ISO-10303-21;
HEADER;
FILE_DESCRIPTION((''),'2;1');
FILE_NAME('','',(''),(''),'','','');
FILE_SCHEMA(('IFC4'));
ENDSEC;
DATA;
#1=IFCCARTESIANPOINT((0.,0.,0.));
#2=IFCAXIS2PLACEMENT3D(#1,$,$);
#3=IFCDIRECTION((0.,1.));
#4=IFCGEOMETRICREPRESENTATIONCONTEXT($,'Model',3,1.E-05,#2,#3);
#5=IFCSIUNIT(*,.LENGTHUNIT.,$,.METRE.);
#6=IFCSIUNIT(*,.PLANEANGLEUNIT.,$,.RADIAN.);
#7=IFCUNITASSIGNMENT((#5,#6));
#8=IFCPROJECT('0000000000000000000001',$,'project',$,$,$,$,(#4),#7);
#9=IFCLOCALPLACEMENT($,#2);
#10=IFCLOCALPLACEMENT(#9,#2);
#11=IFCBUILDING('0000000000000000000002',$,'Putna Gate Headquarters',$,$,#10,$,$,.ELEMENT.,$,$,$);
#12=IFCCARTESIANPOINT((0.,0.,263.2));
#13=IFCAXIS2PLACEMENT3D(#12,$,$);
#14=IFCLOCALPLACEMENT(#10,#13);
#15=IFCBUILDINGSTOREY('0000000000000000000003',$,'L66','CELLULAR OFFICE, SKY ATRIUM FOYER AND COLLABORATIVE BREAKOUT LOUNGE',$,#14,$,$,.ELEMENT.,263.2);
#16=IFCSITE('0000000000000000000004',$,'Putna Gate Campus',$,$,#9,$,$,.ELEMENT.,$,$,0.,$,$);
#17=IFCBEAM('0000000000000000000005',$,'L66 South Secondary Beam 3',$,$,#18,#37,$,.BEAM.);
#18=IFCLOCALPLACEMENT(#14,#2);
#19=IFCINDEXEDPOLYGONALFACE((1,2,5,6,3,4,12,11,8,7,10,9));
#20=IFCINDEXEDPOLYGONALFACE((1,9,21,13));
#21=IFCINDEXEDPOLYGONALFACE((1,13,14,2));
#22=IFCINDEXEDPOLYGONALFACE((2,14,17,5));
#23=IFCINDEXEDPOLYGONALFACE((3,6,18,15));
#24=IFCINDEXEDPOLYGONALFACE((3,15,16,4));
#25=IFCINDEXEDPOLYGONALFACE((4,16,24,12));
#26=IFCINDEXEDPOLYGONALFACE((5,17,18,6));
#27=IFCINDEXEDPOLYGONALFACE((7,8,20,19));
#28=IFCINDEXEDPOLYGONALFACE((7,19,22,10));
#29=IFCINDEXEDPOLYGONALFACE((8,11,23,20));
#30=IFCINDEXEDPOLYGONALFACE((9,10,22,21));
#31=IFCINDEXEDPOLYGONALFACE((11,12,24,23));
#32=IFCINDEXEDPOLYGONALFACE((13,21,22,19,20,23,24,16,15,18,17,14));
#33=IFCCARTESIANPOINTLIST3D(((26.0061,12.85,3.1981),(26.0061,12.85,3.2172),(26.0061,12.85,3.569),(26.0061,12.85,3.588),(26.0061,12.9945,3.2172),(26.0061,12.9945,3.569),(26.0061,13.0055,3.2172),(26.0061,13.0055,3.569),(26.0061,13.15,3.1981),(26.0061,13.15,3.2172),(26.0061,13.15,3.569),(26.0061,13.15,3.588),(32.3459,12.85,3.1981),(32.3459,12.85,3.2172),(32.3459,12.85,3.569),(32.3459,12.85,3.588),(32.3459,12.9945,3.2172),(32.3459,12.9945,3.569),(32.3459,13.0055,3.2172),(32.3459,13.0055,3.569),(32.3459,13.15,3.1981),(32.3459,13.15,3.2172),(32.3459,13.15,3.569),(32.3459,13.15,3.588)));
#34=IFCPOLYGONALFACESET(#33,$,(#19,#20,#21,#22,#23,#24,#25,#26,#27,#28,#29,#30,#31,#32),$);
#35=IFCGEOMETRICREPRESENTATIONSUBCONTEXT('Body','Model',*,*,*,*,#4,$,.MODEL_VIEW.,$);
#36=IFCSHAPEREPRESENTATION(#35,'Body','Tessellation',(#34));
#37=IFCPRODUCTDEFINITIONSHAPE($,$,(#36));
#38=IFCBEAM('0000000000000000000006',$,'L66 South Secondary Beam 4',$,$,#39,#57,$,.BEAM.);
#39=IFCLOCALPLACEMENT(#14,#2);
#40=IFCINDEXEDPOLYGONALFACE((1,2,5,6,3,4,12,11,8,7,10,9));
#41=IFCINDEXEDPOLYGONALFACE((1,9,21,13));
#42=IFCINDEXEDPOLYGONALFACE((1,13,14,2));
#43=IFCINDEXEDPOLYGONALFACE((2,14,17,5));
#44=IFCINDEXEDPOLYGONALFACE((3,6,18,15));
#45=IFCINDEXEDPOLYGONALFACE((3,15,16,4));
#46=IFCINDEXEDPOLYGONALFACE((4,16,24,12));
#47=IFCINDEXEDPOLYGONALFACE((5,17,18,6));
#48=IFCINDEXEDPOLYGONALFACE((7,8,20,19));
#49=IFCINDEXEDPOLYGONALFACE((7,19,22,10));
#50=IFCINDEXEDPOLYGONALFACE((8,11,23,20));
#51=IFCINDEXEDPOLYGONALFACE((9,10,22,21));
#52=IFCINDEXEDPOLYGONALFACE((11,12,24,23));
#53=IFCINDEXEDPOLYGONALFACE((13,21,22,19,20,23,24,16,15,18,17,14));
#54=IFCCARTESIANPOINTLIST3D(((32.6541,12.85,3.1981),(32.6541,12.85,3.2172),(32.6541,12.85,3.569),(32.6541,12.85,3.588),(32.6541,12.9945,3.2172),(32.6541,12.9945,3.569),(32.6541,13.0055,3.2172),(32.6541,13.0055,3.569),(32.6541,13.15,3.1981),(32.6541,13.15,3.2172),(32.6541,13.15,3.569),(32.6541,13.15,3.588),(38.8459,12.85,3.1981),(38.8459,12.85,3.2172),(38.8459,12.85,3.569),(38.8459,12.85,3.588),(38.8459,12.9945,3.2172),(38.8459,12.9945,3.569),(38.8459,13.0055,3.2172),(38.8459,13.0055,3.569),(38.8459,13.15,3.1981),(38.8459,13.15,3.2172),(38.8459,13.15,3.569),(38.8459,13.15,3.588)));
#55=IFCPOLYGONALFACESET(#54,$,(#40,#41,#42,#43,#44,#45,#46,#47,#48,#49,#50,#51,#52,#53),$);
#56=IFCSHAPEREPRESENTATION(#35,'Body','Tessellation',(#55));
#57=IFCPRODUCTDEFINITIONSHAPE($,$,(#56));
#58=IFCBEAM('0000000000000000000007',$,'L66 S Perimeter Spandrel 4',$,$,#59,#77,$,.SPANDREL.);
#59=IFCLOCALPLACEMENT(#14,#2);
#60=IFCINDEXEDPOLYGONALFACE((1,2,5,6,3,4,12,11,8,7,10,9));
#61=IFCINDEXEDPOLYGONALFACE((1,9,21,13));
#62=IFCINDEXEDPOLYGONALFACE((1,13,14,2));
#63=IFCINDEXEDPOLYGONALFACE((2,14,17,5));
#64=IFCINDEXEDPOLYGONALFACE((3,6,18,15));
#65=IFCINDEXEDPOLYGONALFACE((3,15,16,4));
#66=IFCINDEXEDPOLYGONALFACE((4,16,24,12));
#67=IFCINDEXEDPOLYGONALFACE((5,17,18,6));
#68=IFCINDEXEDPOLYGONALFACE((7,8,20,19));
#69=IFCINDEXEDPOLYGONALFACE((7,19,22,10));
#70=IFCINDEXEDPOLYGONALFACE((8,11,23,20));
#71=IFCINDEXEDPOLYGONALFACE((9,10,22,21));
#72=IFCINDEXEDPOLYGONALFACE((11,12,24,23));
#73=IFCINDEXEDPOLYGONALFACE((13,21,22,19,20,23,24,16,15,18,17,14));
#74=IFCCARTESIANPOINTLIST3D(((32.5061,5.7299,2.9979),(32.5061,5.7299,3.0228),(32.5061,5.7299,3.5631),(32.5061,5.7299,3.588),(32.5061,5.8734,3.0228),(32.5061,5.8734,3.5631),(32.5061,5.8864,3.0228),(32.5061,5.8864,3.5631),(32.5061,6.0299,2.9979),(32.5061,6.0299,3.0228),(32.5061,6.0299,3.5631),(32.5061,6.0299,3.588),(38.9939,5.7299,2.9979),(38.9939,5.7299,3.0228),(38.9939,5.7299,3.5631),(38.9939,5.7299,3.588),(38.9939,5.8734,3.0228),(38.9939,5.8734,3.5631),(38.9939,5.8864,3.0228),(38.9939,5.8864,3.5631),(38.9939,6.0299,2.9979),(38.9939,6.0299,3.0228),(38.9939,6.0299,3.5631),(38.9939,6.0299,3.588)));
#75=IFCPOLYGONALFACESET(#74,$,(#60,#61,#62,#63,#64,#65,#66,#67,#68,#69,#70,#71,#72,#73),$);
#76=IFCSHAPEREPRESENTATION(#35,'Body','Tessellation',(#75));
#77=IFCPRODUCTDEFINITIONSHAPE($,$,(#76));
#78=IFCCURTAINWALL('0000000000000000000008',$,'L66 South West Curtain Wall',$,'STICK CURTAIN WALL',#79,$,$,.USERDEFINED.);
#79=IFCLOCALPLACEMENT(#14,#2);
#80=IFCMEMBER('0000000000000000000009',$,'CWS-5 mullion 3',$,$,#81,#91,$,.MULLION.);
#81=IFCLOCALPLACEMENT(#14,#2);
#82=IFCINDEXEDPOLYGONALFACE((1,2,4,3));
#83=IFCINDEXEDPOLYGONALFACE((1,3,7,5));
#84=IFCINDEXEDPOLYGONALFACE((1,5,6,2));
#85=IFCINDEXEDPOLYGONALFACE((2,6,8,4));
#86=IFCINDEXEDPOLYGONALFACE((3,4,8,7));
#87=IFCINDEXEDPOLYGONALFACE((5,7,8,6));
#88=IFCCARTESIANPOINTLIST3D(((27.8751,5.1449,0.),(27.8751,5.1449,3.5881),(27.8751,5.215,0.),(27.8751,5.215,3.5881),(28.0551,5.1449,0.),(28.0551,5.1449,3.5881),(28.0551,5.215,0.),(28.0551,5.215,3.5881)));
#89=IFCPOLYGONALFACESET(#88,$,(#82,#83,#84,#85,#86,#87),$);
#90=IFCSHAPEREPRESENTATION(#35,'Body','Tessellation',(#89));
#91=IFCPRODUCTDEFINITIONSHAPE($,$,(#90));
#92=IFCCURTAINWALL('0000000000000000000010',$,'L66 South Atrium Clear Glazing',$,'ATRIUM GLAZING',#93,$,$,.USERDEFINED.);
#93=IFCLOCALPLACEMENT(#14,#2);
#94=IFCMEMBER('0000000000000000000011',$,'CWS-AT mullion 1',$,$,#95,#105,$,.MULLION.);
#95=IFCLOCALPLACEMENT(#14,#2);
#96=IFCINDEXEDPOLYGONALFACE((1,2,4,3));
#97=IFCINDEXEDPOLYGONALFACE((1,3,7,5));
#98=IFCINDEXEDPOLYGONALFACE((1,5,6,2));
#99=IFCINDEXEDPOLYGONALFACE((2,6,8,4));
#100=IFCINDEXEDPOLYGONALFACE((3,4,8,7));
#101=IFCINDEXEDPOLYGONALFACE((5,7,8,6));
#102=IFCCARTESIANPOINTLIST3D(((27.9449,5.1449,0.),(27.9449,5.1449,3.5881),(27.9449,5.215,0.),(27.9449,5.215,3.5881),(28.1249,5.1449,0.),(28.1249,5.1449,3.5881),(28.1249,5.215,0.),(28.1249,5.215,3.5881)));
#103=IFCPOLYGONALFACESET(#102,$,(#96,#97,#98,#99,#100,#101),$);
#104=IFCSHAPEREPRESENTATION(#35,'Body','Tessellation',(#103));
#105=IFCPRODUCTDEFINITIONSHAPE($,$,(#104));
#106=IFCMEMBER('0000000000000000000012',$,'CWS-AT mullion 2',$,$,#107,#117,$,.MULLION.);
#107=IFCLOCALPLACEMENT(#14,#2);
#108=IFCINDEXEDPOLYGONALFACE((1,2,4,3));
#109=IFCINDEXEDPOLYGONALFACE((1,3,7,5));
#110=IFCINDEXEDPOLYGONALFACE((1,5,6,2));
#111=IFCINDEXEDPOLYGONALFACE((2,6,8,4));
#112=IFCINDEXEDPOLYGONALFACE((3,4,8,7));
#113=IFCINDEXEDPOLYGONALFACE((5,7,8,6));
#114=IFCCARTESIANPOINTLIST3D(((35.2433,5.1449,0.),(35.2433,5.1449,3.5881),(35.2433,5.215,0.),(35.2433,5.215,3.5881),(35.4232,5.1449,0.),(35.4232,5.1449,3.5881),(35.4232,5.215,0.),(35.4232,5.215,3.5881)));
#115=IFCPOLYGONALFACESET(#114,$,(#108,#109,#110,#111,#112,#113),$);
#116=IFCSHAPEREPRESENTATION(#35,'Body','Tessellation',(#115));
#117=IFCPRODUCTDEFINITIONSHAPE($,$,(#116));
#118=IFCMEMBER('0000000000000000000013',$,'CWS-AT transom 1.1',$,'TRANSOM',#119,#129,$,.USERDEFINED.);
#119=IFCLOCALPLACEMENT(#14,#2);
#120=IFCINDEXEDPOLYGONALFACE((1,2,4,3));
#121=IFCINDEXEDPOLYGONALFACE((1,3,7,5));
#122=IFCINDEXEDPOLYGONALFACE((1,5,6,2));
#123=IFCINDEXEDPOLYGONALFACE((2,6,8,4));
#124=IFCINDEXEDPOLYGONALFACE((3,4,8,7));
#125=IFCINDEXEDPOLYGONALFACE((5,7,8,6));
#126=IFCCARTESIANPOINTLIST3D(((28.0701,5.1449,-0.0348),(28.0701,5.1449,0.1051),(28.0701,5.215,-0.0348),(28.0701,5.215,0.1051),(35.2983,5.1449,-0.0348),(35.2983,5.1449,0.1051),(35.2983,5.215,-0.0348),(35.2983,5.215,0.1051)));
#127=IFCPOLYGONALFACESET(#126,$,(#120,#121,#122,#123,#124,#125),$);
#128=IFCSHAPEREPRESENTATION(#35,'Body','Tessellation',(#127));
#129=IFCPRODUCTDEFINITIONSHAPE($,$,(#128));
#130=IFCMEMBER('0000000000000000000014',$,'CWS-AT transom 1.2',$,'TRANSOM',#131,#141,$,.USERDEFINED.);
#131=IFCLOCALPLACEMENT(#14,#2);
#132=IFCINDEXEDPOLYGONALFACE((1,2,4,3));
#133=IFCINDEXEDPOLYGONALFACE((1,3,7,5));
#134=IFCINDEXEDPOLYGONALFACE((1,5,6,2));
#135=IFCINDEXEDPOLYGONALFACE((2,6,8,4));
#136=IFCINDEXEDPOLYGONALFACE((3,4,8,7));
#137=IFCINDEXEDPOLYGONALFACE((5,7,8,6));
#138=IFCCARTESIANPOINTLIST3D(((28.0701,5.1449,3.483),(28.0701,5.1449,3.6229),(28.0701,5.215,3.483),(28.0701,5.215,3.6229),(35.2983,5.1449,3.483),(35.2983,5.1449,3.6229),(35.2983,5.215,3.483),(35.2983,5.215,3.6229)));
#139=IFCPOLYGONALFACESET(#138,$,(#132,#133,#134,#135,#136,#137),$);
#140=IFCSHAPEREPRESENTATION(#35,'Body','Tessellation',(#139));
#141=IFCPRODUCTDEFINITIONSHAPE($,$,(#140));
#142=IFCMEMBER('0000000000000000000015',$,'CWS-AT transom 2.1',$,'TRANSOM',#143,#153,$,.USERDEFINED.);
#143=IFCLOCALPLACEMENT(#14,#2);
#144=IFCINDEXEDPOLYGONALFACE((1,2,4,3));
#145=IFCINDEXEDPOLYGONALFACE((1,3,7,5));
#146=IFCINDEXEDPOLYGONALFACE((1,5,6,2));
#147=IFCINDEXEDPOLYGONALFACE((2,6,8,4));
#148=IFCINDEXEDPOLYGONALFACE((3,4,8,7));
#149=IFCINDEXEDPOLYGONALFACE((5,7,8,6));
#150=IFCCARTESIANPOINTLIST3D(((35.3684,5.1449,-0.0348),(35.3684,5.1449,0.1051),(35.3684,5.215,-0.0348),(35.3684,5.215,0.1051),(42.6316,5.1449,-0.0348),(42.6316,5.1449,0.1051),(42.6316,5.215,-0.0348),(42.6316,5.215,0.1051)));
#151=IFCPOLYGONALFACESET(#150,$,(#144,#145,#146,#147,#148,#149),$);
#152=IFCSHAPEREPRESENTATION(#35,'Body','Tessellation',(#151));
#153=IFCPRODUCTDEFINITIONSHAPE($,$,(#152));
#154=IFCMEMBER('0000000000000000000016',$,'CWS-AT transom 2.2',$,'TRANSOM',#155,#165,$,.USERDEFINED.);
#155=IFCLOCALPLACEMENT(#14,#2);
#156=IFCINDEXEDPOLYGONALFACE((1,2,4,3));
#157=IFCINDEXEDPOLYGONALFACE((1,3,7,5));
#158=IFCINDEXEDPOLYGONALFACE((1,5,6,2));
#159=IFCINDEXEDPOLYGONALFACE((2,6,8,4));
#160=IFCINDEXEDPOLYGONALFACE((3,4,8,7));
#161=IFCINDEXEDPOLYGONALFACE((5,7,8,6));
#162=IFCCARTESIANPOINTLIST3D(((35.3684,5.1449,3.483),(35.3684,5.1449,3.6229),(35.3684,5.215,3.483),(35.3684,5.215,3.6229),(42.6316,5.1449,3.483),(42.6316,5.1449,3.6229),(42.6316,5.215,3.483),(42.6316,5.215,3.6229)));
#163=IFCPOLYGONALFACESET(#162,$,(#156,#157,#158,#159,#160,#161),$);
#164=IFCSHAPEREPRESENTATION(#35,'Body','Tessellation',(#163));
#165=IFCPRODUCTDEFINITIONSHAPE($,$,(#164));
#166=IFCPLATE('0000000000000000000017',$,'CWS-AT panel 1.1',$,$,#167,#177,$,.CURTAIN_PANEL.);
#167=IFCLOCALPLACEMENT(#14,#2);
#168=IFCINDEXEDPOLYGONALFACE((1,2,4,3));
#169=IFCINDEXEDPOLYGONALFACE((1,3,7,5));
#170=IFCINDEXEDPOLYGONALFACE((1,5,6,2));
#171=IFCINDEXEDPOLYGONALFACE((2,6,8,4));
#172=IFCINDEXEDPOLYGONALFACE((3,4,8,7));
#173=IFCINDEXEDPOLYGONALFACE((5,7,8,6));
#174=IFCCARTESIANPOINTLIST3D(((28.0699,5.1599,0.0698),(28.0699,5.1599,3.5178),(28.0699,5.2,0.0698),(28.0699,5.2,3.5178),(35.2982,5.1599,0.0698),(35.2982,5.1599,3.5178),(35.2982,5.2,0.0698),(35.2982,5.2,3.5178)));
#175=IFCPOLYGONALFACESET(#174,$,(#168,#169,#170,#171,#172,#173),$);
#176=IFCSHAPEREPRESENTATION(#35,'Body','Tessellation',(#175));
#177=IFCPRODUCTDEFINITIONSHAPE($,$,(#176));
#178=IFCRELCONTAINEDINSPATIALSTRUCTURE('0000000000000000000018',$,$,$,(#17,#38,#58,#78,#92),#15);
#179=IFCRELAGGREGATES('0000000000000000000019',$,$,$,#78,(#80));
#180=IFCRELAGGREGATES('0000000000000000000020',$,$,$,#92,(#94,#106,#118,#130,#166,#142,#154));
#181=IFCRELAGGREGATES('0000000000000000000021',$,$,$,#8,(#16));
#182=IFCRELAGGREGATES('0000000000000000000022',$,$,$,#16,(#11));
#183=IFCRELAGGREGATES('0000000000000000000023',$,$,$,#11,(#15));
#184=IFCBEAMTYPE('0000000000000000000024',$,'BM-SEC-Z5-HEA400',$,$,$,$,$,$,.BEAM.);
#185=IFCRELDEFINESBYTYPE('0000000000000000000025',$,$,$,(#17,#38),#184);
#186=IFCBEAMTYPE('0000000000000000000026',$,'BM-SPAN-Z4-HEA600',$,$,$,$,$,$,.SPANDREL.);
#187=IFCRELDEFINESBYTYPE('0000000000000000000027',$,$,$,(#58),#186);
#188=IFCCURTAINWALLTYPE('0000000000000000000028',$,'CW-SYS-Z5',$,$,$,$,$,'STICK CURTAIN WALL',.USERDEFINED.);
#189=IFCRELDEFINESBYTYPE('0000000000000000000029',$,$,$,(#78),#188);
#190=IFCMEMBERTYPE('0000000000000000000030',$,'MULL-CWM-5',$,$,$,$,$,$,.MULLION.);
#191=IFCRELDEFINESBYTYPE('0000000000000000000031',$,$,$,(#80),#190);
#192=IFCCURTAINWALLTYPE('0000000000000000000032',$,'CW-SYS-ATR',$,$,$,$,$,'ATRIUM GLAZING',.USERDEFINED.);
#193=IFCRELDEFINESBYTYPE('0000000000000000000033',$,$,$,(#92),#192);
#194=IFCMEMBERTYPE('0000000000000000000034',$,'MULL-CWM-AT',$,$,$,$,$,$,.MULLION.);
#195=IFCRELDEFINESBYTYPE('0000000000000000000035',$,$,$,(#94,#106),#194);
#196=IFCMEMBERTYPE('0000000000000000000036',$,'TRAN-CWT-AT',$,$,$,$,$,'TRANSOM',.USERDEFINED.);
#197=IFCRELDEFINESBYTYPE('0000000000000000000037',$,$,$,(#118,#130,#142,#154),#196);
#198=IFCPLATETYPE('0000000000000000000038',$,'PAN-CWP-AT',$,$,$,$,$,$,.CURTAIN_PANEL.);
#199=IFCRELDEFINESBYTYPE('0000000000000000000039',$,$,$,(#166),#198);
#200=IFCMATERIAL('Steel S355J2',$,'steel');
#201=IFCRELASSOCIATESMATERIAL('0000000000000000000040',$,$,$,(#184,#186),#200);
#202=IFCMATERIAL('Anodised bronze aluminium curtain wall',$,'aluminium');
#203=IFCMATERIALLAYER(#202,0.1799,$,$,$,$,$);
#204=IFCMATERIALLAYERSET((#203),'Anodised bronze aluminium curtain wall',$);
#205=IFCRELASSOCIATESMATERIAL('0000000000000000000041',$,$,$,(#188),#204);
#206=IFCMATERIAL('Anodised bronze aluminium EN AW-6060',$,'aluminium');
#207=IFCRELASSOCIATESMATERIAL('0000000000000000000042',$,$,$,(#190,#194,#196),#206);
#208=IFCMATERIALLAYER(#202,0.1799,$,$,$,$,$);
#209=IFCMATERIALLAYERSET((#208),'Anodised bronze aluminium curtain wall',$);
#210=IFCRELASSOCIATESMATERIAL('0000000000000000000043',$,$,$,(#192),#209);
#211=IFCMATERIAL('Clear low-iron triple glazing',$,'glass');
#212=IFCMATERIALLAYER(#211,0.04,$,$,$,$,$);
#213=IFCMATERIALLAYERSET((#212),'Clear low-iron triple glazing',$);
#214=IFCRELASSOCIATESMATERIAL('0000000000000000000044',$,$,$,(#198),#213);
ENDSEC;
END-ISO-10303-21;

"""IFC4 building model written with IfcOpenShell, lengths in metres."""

from ifc_helpers import new_model, si_unit, direction, frame, origin, origin_2d, place, context, subcontext, project, spatial, rectangle, i_section, extrude, material, layer, layer_set, material_profile, profile_set, type_object, element, aggregate, save


model = new_model("IFC4")

# Units and contexts
model_context = context("Model", 3, precision=1e-05, world=origin(), true_north=direction((0.0, 1.0)))
body_context = subcontext(model_context, "Body", "Model", "MODEL_VIEW")
ifc_project = project(units=[si_unit("LENGTHUNIT", "METRE"), si_unit("PLANEANGLEUNIT", "RADIAN")], contexts=[model_context])

# Site, building, storey
site_placement = place(None, origin())
site = spatial("IfcSite", under=ifc_project, at=site_placement, Name="Putna Gate Campus", CompositionType="ELEMENT", RefElevation=0.0)
building_placement = place(site_placement, origin())
building = spatial("IfcBuilding", under=site, at=building_placement, Name="Putna Gate Headquarters", CompositionType="ELEMENT")
storey_placement = place(building_placement, frame((0.0, 0.0, 263.2)))
storey = spatial("IfcBuildingStorey", under=building, at=storey_placement, Name="L66", Description="CELLULAR OFFICE, SKY ATRIUM FOYER AND COLLABORATIVE BREAKOUT LOUNGE", CompositionType="ELEMENT", Elevation=263.2)

# Beams
ifc_material_1 = material(Name="Steel S355J2", Category="steel")
ifc_material_profile_1 = material_profile(ifc_material_1, i_section(OverallWidth=0.3, OverallDepth=0.3899, WebThickness=0.011, FlangeThickness=0.019, at=origin_2d()), Name="Steel S355J2")
ifc_profile_set_1 = profile_set([ifc_material_profile_1], Name="Steel S355J2")
beam_type_1 = type_object("IfcBeamType", Name="BM-SEC-Z5-HEA400", PredefinedType="BEAM", material=ifc_profile_set_1)
beam_1_placement = place(storey_placement, frame((26.0061, 13.0, 3.3931), z_axis=(1.0, 0.0, 0.0), x_axis=(0.0, 1.0, 0.0)))
element("IfcBeam", 1, at=beam_1_placement, inside=storey, type_object=beam_type_1, Name="L66 South Secondary Beam 3", PredefinedType="BEAM", context=body_context, shape_type="SweptSolid", body=[
    extrude(i_section(OverallWidth=0.3, OverallDepth=0.3899, WebThickness=0.011, FlangeThickness=0.019, at=origin_2d()), origin(), (0.0, 0.0, 1.0), 6.3398),
])
beam_2_placement = place(storey_placement, frame((32.6541, 13.0, 3.3931), z_axis=(1.0, 0.0, 0.0), x_axis=(0.0, 1.0, 0.0)))
element("IfcBeam", 2, at=beam_2_placement, inside=storey, type_object=beam_type_1, Name="L66 South Secondary Beam 4", PredefinedType="BEAM", context=body_context, shape_type="SweptSolid", body=[
    extrude(i_section(OverallWidth=0.3, OverallDepth=0.3899, WebThickness=0.011, FlangeThickness=0.019, at=origin_2d()), origin(), (0.0, 0.0, 1.0), 6.1919),
])
ifc_material_profile_2 = material_profile(ifc_material_1, i_section(OverallWidth=0.3, OverallDepth=0.5901, WebThickness=0.0129, FlangeThickness=0.0249, at=origin_2d()), Name="Steel S355J2")
ifc_profile_set_2 = profile_set([ifc_material_profile_2], Name="Steel S355J2")
beam_type_2 = type_object("IfcBeamType", Name="BM-SPAN-Z4-HEA600", PredefinedType="SPANDREL", material=ifc_profile_set_2)
beam_3_placement = place(storey_placement, frame((32.5061, 5.8799, 3.293), z_axis=(1.0, 0.0, 0.0), x_axis=(0.0, 1.0, 0.0)))
element("IfcBeam", 3, at=beam_3_placement, inside=storey, type_object=beam_type_2, Name="L66 S Perimeter Spandrel 4", PredefinedType="SPANDREL", context=body_context, shape_type="SweptSolid", body=[
    extrude(i_section(OverallWidth=0.3, OverallDepth=0.5901, WebThickness=0.0129, FlangeThickness=0.0249, at=origin_2d()), origin(), (0.0, 0.0, 1.0), 6.4878),
])

# Curtain wall, member
ifc_material_2 = material(Name="Anodised bronze aluminium curtain wall", Category="aluminium")
ifc_layer_1 = layer(ifc_material_2, 0.1799)
ifc_layer_set_1 = layer_set([ifc_layer_1], Name="Anodised bronze aluminium curtain wall")
curtain_wall_type_1 = type_object("IfcCurtainWallType", Name="CW-SYS-Z5", ElementType="STICK CURTAIN WALL", PredefinedType="USERDEFINED", material=ifc_layer_set_1)
curtain_wall_1_placement = place(storey_placement, origin())
curtain_wall_1 = element("IfcCurtainWall", 4, at=curtain_wall_1_placement, inside=storey, type_object=curtain_wall_type_1, Name="L66 South West Curtain Wall", ObjectType="STICK CURTAIN WALL", PredefinedType="USERDEFINED")
ifc_material_3 = material(Name="Anodised bronze aluminium EN AW-6060", Category="aluminium")
ifc_material_profile_3 = material_profile(ifc_material_3, rectangle(XDim=0.0701, YDim=0.1799, at=origin_2d()), Name="Anodised bronze aluminium EN AW-6060")
ifc_profile_set_3 = profile_set([ifc_material_profile_3], Name="Anodised bronze aluminium EN AW-6060")
member_type_1 = type_object("IfcMemberType", Name="MULL-CWM-5", PredefinedType="MULLION", material=ifc_profile_set_3)
member_1_placement = place(storey_placement, frame((27.9651, 5.1799, 0.0), z_axis=(0.0, 0.0, 1.0), x_axis=(0.0, 1.0, 0.0)))
member_1 = element("IfcMember", 5, at=member_1_placement, type_object=member_type_1, Name="CWS-5 mullion 3", PredefinedType="MULLION", context=body_context, shape_type="SweptSolid", body=[
    extrude(rectangle(XDim=0.0701, YDim=0.1799, at=origin_2d()), origin(), (0.0, 0.0, 1.0), 3.5881),
])
aggregate(curtain_wall_1, [member_1])

# Curtain wall, members, plate
ifc_layer_2 = layer(ifc_material_2, 0.1799)
ifc_layer_set_2 = layer_set([ifc_layer_2], Name="Anodised bronze aluminium curtain wall")
curtain_wall_type_2 = type_object("IfcCurtainWallType", Name="CW-SYS-ATR", ElementType="ATRIUM GLAZING", PredefinedType="USERDEFINED", material=ifc_layer_set_2)
curtain_wall_2_placement = place(storey_placement, origin())
curtain_wall_2 = element("IfcCurtainWall", 6, at=curtain_wall_2_placement, inside=storey, type_object=curtain_wall_type_2, Name="L66 South Atrium Clear Glazing", ObjectType="ATRIUM GLAZING", PredefinedType="USERDEFINED")
ifc_material_profile_4 = material_profile(ifc_material_3, rectangle(XDim=0.0701, YDim=0.1799, at=origin_2d()), Name="Anodised bronze aluminium EN AW-6060")
ifc_profile_set_4 = profile_set([ifc_material_profile_4], Name="Anodised bronze aluminium EN AW-6060")
member_type_2 = type_object("IfcMemberType", Name="MULL-CWM-AT", PredefinedType="MULLION", material=ifc_profile_set_4)
member_2_placement = place(storey_placement, frame((28.0349, 5.1799, 0.0), z_axis=(0.0, 0.0, 1.0), x_axis=(0.0, 1.0, 0.0)))
member_2 = element("IfcMember", 7, at=member_2_placement, type_object=member_type_2, Name="CWS-AT mullion 1", PredefinedType="MULLION", context=body_context, shape_type="SweptSolid", body=[
    extrude(rectangle(XDim=0.0701, YDim=0.1799, at=origin_2d()), origin(), (0.0, 0.0, 1.0), 3.5881),
])
member_3_placement = place(storey_placement, frame((35.3333, 5.1799, 0.0), z_axis=(0.0, 0.0, 1.0), x_axis=(0.0, 1.0, 0.0)))
member_3 = element("IfcMember", 8, at=member_3_placement, type_object=member_type_2, Name="CWS-AT mullion 2", PredefinedType="MULLION", context=body_context, shape_type="SweptSolid", body=[
    extrude(rectangle(XDim=0.0701, YDim=0.1799, at=origin_2d()), origin(), (0.0, 0.0, 1.0), 3.5881),
])
ifc_material_profile_5 = material_profile(ifc_material_3, rectangle(XDim=0.0701, YDim=0.1399, at=origin_2d()), Name="Anodised bronze aluminium EN AW-6060")
ifc_profile_set_5 = profile_set([ifc_material_profile_5], Name="Anodised bronze aluminium EN AW-6060")
member_type_3 = type_object("IfcMemberType", Name="TRAN-CWT-AT", ElementType="TRANSOM", PredefinedType="USERDEFINED", material=ifc_profile_set_5)
member_4_placement = place(storey_placement, frame((28.0701, 5.1799, 0.0352), z_axis=(1.0, 0.0, 0.0), x_axis=(0.0, 1.0, 0.0)))
member_4 = element("IfcMember", 9, at=member_4_placement, type_object=member_type_3, Name="CWS-AT transom 1.1", ObjectType="TRANSOM", PredefinedType="USERDEFINED", context=body_context, shape_type="SweptSolid", body=[
    extrude(rectangle(XDim=0.0701, YDim=0.1399, at=origin_2d()), origin(), (0.0, 0.0, 1.0), 7.2283),
])
member_5_placement = place(storey_placement, frame((28.0701, 5.1799, 3.553), z_axis=(1.0, 0.0, 0.0), x_axis=(0.0, 1.0, 0.0)))
member_5 = element("IfcMember", 10, at=member_5_placement, type_object=member_type_3, Name="CWS-AT transom 1.2", ObjectType="TRANSOM", PredefinedType="USERDEFINED", context=body_context, shape_type="SweptSolid", body=[
    extrude(rectangle(XDim=0.0701, YDim=0.1399, at=origin_2d()), origin(), (0.0, 0.0, 1.0), 7.2283),
])
member_6_placement = place(storey_placement, frame((35.3684, 5.1799, 0.0352), z_axis=(1.0, 0.0, 0.0), x_axis=(0.0, 1.0, 0.0)))
member_6 = element("IfcMember", 11, at=member_6_placement, type_object=member_type_3, Name="CWS-AT transom 2.1", ObjectType="TRANSOM", PredefinedType="USERDEFINED", context=body_context, shape_type="SweptSolid", body=[
    extrude(rectangle(XDim=0.0701, YDim=0.1399, at=origin_2d()), origin(), (0.0, 0.0, 1.0), 7.2632),
])
member_7_placement = place(storey_placement, frame((35.3684, 5.1799, 3.553), z_axis=(1.0, 0.0, 0.0), x_axis=(0.0, 1.0, 0.0)))
member_7 = element("IfcMember", 12, at=member_7_placement, type_object=member_type_3, Name="CWS-AT transom 2.2", ObjectType="TRANSOM", PredefinedType="USERDEFINED", context=body_context, shape_type="SweptSolid", body=[
    extrude(rectangle(XDim=0.0701, YDim=0.1399, at=origin_2d()), origin(), (0.0, 0.0, 1.0), 7.2632),
])
ifc_material_4 = material(Name="Clear low-iron triple glazing", Category="glass")
ifc_layer_3 = layer(ifc_material_4, 0.04)
ifc_layer_set_3 = layer_set([ifc_layer_3], Name="Clear low-iron triple glazing")
plate_type = type_object("IfcPlateType", Name="PAN-CWP-AT", PredefinedType="CURTAIN_PANEL", material=ifc_layer_set_3)
plate_placement = place(storey_placement, frame((31.6841, 5.1799, 0.0698), z_axis=(0.0, 0.0, 1.0), x_axis=(1.0, 0.0, 0.0)))
plate = element("IfcPlate", 13, at=plate_placement, type_object=plate_type, Name="CWS-AT panel 1.1", PredefinedType="CURTAIN_PANEL", context=body_context, shape_type="SweptSolid", body=[
    extrude(rectangle(XDim=7.2283, YDim=0.04, at=origin_2d()), origin(), (0.0, 0.0, 1.0), 3.448),
])
aggregate(curtain_wall_2, [member_2, member_3, member_4, member_5, plate, member_6, member_7])

save(model, "model.ifc")
